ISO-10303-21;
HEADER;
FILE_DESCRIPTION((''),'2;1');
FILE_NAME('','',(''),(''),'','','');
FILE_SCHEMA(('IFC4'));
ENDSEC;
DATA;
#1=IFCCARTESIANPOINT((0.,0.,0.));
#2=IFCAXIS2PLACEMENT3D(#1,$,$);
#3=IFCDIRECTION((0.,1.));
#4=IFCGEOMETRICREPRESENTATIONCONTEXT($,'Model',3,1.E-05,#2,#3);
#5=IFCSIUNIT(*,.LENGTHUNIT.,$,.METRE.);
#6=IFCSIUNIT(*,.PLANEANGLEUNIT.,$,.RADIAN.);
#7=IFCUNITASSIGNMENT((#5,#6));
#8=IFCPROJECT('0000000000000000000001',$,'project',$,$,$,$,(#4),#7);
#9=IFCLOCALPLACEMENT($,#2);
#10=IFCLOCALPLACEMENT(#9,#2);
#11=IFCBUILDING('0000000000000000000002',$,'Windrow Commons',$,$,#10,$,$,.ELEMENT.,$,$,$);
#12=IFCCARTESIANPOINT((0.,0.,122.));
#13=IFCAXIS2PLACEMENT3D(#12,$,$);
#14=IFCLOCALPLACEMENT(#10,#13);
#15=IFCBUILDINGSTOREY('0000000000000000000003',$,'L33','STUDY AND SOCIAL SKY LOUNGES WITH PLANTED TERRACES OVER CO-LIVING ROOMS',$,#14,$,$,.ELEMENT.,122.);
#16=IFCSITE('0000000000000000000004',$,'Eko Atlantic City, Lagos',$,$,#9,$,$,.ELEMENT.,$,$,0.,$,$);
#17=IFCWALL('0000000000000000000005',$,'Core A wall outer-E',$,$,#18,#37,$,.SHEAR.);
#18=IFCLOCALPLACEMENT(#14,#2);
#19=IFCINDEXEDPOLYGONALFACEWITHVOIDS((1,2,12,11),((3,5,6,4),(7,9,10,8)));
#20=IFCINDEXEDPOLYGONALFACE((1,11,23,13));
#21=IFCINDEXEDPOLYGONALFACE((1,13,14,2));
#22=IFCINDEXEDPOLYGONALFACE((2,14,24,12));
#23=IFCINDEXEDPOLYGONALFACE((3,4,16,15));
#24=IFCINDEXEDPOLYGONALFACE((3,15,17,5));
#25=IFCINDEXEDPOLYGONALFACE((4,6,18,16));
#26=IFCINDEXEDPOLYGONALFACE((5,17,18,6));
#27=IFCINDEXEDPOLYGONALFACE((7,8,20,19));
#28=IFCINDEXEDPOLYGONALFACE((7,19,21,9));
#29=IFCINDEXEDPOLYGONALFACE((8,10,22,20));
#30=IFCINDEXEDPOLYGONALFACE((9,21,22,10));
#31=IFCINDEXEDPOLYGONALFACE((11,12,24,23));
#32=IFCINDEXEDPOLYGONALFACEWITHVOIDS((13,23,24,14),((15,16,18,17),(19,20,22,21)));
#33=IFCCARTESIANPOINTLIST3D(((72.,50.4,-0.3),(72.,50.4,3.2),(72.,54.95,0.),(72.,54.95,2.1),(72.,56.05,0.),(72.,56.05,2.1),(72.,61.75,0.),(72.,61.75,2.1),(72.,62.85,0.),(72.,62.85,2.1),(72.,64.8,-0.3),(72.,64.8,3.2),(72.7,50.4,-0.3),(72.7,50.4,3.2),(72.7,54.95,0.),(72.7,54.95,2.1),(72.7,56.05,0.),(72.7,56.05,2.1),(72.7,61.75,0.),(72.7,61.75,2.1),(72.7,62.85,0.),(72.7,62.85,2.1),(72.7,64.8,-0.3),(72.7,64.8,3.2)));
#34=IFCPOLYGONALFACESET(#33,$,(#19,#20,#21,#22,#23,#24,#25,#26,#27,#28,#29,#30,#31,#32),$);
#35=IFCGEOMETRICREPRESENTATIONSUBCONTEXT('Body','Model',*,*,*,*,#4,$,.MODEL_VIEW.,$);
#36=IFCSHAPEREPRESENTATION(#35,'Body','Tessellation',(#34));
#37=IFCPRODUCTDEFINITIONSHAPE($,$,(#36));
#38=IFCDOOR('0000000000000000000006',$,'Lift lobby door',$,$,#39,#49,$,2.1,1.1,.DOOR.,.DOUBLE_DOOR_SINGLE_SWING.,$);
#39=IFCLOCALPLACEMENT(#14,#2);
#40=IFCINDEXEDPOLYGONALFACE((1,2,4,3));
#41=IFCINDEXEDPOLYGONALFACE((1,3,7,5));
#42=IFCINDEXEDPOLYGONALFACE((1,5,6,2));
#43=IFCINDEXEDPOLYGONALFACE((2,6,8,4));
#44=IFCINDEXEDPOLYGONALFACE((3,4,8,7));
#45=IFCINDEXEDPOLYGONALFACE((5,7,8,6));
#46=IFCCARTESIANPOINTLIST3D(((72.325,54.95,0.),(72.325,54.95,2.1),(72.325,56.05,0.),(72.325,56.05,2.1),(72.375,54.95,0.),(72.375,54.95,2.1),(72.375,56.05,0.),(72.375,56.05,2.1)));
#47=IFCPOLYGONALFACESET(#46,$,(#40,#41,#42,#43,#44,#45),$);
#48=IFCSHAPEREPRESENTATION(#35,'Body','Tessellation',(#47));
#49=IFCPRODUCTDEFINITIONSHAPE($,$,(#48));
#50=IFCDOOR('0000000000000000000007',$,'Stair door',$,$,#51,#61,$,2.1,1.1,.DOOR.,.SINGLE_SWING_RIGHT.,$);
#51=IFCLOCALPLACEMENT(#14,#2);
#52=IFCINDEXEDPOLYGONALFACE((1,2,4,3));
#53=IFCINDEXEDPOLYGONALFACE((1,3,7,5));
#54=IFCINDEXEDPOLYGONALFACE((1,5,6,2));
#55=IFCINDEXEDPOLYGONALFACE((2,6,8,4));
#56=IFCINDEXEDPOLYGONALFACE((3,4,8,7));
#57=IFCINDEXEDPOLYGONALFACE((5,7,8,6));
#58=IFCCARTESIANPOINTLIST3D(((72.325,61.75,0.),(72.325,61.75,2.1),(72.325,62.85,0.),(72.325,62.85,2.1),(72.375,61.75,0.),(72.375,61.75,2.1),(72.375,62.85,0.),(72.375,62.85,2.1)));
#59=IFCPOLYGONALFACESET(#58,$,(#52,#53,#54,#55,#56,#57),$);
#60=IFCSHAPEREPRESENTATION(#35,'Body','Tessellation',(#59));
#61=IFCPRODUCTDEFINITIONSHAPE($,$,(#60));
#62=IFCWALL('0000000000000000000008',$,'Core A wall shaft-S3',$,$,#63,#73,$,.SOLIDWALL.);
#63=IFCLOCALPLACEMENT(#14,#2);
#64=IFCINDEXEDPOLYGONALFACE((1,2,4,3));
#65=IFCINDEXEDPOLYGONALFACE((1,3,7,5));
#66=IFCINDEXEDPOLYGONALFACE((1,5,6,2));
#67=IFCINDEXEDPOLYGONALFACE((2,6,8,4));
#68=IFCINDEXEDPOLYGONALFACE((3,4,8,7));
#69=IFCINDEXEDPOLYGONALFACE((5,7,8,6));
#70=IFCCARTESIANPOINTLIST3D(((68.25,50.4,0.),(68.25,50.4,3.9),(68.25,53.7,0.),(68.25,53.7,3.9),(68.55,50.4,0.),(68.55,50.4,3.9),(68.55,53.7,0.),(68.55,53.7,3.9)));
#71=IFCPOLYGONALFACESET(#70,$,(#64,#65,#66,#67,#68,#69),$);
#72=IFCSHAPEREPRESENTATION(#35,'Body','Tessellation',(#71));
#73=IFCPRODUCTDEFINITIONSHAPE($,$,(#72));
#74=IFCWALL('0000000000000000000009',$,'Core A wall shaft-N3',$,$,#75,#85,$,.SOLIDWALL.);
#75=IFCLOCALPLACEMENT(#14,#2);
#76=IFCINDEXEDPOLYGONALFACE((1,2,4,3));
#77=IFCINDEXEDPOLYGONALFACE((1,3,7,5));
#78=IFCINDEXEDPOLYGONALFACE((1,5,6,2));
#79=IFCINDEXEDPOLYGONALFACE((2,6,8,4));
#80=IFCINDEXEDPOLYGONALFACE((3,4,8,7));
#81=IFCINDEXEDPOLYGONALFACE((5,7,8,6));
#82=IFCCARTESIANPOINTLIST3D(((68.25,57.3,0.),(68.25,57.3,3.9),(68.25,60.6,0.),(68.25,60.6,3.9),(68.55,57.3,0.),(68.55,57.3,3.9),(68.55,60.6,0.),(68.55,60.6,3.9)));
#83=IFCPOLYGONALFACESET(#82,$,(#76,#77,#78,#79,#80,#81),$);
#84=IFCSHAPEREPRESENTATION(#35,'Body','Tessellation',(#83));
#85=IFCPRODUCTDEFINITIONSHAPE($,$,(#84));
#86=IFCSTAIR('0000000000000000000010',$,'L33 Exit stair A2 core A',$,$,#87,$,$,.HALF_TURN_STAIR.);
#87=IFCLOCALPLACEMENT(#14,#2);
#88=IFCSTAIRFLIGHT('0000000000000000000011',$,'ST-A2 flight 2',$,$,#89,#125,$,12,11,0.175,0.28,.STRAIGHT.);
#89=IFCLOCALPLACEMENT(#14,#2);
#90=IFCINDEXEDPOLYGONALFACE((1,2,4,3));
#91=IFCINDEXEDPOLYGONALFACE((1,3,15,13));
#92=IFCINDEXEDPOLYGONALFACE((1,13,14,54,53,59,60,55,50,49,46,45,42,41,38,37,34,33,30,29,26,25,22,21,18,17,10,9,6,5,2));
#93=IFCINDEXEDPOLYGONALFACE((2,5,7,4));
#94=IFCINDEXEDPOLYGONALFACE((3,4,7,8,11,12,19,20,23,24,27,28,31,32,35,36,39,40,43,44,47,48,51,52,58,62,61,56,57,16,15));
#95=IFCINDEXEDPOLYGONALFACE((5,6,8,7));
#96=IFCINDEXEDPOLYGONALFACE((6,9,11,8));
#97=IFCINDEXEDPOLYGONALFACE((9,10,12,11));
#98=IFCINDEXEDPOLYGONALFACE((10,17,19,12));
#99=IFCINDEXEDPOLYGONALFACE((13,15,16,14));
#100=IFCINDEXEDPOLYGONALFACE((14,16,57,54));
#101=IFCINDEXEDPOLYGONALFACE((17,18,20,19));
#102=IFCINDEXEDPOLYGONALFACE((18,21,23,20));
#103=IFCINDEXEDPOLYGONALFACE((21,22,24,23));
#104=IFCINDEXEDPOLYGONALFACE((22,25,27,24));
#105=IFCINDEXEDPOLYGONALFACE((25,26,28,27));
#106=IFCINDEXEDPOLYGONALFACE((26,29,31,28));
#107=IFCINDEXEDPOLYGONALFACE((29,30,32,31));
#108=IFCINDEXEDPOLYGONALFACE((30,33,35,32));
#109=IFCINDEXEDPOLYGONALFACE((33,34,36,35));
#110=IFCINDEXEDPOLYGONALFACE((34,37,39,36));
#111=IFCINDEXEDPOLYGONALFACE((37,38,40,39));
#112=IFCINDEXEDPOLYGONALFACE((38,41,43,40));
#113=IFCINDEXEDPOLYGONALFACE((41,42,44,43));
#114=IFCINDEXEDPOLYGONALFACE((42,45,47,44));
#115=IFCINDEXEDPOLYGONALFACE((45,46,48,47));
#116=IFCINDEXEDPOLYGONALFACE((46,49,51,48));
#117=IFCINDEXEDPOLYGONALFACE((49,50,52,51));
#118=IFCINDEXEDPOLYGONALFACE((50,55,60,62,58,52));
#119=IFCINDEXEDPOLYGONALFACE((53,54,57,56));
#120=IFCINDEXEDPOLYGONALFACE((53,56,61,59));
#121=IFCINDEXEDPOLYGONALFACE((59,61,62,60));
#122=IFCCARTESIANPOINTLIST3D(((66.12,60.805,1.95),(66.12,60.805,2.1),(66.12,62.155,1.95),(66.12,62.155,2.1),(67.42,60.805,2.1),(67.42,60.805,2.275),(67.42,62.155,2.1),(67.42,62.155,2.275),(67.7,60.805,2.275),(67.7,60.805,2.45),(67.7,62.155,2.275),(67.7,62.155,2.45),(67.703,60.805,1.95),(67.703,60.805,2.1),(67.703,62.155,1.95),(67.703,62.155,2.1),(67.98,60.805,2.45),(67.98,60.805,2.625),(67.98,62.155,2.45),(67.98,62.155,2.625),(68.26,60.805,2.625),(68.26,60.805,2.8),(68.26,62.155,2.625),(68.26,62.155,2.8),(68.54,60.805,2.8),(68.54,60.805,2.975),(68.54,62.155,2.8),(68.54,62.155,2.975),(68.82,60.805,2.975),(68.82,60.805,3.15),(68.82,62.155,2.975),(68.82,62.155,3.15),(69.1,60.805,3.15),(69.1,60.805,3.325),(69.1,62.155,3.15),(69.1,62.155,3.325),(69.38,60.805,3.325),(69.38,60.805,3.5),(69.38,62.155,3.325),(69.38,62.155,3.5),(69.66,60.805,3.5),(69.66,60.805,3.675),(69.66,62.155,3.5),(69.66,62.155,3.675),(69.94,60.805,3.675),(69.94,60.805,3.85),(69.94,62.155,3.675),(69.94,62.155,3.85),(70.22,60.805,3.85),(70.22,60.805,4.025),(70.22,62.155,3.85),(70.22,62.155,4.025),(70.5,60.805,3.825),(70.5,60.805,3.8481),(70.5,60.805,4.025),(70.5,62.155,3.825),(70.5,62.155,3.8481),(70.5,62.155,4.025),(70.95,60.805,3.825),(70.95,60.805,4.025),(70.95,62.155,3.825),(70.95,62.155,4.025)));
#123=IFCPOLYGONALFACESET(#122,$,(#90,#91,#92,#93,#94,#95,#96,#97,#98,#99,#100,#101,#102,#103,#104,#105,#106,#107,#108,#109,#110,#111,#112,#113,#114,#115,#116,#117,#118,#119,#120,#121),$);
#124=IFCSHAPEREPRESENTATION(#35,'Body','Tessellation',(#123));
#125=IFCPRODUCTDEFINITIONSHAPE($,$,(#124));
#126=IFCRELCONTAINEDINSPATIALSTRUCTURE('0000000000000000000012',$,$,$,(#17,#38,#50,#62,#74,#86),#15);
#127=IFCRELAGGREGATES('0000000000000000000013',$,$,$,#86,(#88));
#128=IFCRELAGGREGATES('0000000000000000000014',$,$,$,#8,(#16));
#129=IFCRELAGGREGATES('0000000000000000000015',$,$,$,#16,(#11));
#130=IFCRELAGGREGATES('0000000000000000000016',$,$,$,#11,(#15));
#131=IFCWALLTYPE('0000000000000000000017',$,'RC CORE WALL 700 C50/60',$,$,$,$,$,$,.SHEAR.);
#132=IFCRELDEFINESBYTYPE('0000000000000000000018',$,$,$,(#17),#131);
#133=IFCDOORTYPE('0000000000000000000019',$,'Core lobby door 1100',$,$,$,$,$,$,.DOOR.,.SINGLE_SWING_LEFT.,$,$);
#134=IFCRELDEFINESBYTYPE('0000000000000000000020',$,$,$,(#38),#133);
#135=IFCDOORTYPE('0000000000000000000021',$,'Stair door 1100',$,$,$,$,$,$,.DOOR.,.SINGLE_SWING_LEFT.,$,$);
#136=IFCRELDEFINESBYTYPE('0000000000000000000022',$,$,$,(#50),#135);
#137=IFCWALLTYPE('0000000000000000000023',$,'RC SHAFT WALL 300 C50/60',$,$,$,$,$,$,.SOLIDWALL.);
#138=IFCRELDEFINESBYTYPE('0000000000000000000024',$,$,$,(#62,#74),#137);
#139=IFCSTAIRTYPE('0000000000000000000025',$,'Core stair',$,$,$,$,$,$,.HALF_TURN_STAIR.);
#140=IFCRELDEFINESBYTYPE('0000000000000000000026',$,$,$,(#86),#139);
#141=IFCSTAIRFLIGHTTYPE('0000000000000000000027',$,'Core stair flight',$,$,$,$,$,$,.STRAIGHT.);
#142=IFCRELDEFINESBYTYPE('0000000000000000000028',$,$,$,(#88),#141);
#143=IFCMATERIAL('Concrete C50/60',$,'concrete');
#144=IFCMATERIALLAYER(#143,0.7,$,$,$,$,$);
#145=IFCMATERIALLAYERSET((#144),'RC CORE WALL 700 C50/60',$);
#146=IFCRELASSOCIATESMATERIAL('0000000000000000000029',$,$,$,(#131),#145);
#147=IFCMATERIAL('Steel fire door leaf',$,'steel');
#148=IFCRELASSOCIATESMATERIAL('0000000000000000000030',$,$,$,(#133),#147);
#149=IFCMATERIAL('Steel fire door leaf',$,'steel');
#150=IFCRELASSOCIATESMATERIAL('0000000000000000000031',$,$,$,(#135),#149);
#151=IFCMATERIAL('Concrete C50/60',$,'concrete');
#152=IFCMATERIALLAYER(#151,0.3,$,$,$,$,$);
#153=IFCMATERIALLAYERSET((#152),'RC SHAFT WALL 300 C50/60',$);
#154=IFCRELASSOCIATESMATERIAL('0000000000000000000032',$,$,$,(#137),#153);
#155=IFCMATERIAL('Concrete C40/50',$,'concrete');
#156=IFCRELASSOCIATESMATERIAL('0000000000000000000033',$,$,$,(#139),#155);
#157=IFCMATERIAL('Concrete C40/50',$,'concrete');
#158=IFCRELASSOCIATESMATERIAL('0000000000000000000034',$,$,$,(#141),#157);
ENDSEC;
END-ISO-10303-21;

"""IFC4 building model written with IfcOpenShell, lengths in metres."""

from ifc_helpers import new_model, si_unit, direction, frame, frame_2d, origin, place, context, subcontext, project, spatial, polyline, rectangle, outline, extrude, material, layer, layer_set, type_object, element, fill, aggregate, save


model = new_model("IFC4")

# Units and contexts
model_context = context("Model", 3, precision=1e-05, world=origin(), true_north=direction((0.0, 1.0)))
body_context = subcontext(model_context, "Body", "Model", "MODEL_VIEW")
ifc_project = project(units=[si_unit("LENGTHUNIT", "METRE"), si_unit("PLANEANGLEUNIT", "RADIAN")], contexts=[model_context])

# Site, building, storey
site_placement = place(None, origin())
site = spatial("IfcSite", under=ifc_project, at=site_placement, Name="Eko Atlantic City, Lagos", CompositionType="ELEMENT", RefElevation=0.0)
building_placement = place(site_placement, origin())
building = spatial("IfcBuilding", under=site, at=building_placement, Name="Windrow Commons", CompositionType="ELEMENT")
storey_placement = place(building_placement, frame((0.0, 0.0, 122.0)))
storey = spatial("IfcBuildingStorey", under=building, at=storey_placement, Name="L33", Description="STUDY AND SOCIAL SKY LOUNGES WITH PLANTED TERRACES OVER CO-LIVING ROOMS", CompositionType="ELEMENT", Elevation=122.0)

# Wall, openings, doors
ifc_material_1 = material(Name="Concrete C50/60", Category="concrete")
ifc_layer_1 = layer(ifc_material_1, 0.7)
ifc_layer_set_1 = layer_set([ifc_layer_1], Name="RC CORE WALL 700 C50/60")
wall_type_1 = type_object("IfcWallType", Name="RC CORE WALL 700 C50/60", PredefinedType="SHEAR", material=ifc_layer_set_1)
wall_1_placement = place(storey_placement, frame((72.35, 50.4, -0.3), z_axis=(0.0, 0.0, 1.0), x_axis=(0.0, 1.0, 0.0)))
wall_1 = element("IfcWall", 1, at=wall_1_placement, inside=storey, type_object=wall_type_1, Name="Core A wall outer-E", PredefinedType="SHEAR", context=body_context, shape_type="SweptSolid", body=[
    extrude(rectangle(XDim=14.4, YDim=0.7, at=frame_2d((7.2, 0.0))), origin(), (0.0, 0.0, 1.0), 3.5),
])
opening_1_placement = place(wall_1_placement, frame((4.55, 0.0, 0.3)))
opening_1 = element("IfcOpeningElement", 2, at=opening_1_placement, cuts=wall_1, PredefinedType="OPENING", context=body_context, shape_type="SweptSolid", body=[
    extrude(rectangle(XDim=1.1, YDim=2.1, at=frame_2d((0.55, 1.05))), frame((0.0, 0.36, 0.0), z_axis=(0.0, -1.0, 0.0), x_axis=(1.0, 0.0, 0.0)), (0.0, 0.0, 1.0), 0.72),
])
opening_2_placement = place(wall_1_placement, frame((11.35, 0.0, 0.3)))
opening_2 = element("IfcOpeningElement", 3, at=opening_2_placement, cuts=wall_1, PredefinedType="OPENING", context=body_context, shape_type="SweptSolid", body=[
    extrude(rectangle(XDim=1.1, YDim=2.1, at=frame_2d((0.55, 1.05))), frame((0.0, 0.36, 0.0), z_axis=(0.0, -1.0, 0.0), x_axis=(1.0, 0.0, 0.0)), (0.0, 0.0, 1.0), 0.72),
])
ifc_material_2 = material(Name="Steel fire door leaf", Category="steel")
door_type_1 = type_object("IfcDoorType", Name="Core lobby door 1100", OperationType="SINGLE_SWING_LEFT", PredefinedType="DOOR", material=ifc_material_2)
door_1_placement = place(opening_1_placement, origin())
door_1 = element("IfcDoor", 4, at=door_1_placement, inside=storey, type_object=door_type_1, Name="Lift lobby door", OperationType="DOUBLE_DOOR_SINGLE_SWING", OverallHeight=2.1, OverallWidth=1.1, PredefinedType="DOOR", context=body_context, shape_type="SweptSolid", body=[
    extrude(rectangle(XDim=1.1, YDim=2.1, at=frame_2d((0.55, 1.05))), frame((0.0, 0.025, 0.0), z_axis=(0.0, -1.0, 0.0), x_axis=(1.0, 0.0, 0.0)), (0.0, 0.0, 1.0), 0.05),
])
fill(opening_1, door_1)
ifc_material_3 = material(Name="Steel fire door leaf", Category="steel")
door_type_2 = type_object("IfcDoorType", Name="Stair door 1100", OperationType="SINGLE_SWING_LEFT", PredefinedType="DOOR", material=ifc_material_3)
door_2_placement = place(opening_2_placement, origin())
door_2 = element("IfcDoor", 5, at=door_2_placement, inside=storey, type_object=door_type_2, Name="Stair door", OperationType="SINGLE_SWING_RIGHT", OverallHeight=2.1, OverallWidth=1.1, PredefinedType="DOOR", context=body_context, shape_type="SweptSolid", body=[
    extrude(rectangle(XDim=1.1, YDim=2.1, at=frame_2d((0.55, 1.05))), frame((0.0, 0.025, 0.0), z_axis=(0.0, -1.0, 0.0), x_axis=(1.0, 0.0, 0.0)), (0.0, 0.0, 1.0), 0.05),
])
fill(opening_2, door_2)

# Walls
ifc_material_4 = material(Name="Concrete C50/60", Category="concrete")
ifc_layer_2 = layer(ifc_material_4, 0.3)
ifc_layer_set_2 = layer_set([ifc_layer_2], Name="RC SHAFT WALL 300 C50/60")
wall_type_2 = type_object("IfcWallType", Name="RC SHAFT WALL 300 C50/60", PredefinedType="SOLIDWALL", material=ifc_layer_set_2)
for number, where, z_axis, x_axis, name in (
    (6, (68.4, 50.4, 0.0), (0.0, 0.0, 1.0), (0.0, 1.0, 0.0), "Core A wall shaft-S3"),
    (7, (68.4, 57.3, 0.0), (0.0, 0.0, 1.0), (0.0, 1.0, 0.0), "Core A wall shaft-N3"),
):
    element("IfcWall", number, at=place(storey_placement, frame(where, z_axis=z_axis, x_axis=x_axis)), inside=storey, type_object=wall_type_2, Name=name, PredefinedType="SOLIDWALL", context=body_context, shape_type="SweptSolid", body=[
        extrude(rectangle(XDim=3.3, YDim=0.3, at=frame_2d((1.65, 0.0))), origin(), (0.0, 0.0, 1.0), 3.9),
    ])

# Stair, stair flight
ifc_material_5 = material(Name="Concrete C40/50", Category="concrete")
stair_type = type_object("IfcStairType", Name="Core stair", PredefinedType="HALF_TURN_STAIR", material=ifc_material_5)
stair_placement = place(storey_placement, origin())
stair = element("IfcStair", 8, at=stair_placement, inside=storey, type_object=stair_type, Name="L33 Exit stair A2 core A", PredefinedType="HALF_TURN_STAIR")
ifc_material_6 = material(Name="Concrete C40/50", Category="concrete")
stair_flight_type = type_object("IfcStairFlightType", Name="Core stair flight", PredefinedType="STRAIGHT", material=ifc_material_6)
stair_flight_placement = place(storey_placement, frame((67.42, 61.48, 2.1), z_axis=(0.0, 0.0, 1.0), x_axis=(1.0, 0.0, 0.0)))
stair_flight = element("IfcStairFlight", 9, at=stair_flight_placement, type_object=stair_flight_type, Name="ST-A2 flight 2", NumberOfRisers=12, NumberOfTreads=11, PredefinedType="STRAIGHT", RiserHeight=0.175, TreadLength=0.28, context=body_context, shape_type="SweptSolid", body=[
    extrude(outline(polyline([(-1.3, -0.15), (-1.3, 0.0), (0.0, 0.0), (0.0, 0.175), (0.28, 0.175), (0.28, 0.35), (0.56, 0.35), (0.56, 0.525), (0.84, 0.525), (0.84, 0.7), (1.12, 0.7), (1.12, 0.875), (1.4, 0.875), (1.4, 1.05), (1.68, 1.05), (1.68, 1.225), (1.96, 1.225), (1.96, 1.4), (2.24, 1.4), (2.24, 1.575), (2.52, 1.575), (2.52, 1.75), (2.8, 1.75), (2.8, 1.925), (3.08, 1.925), (3.53, 1.925), (3.53, 1.725), (3.08, 1.725), (3.08, 1.7481), (0.283, 0.0), (0.283, -0.15), (-1.3, -0.15)])), frame((0.0, 0.675, 0.0), z_axis=(0.0, -1.0, 0.0), x_axis=(1.0, 0.0, 0.0)), (0.0, 0.0, 1.0), 1.35),
])
aggregate(stair, [stair_flight])

save(model, "model.ifc")
